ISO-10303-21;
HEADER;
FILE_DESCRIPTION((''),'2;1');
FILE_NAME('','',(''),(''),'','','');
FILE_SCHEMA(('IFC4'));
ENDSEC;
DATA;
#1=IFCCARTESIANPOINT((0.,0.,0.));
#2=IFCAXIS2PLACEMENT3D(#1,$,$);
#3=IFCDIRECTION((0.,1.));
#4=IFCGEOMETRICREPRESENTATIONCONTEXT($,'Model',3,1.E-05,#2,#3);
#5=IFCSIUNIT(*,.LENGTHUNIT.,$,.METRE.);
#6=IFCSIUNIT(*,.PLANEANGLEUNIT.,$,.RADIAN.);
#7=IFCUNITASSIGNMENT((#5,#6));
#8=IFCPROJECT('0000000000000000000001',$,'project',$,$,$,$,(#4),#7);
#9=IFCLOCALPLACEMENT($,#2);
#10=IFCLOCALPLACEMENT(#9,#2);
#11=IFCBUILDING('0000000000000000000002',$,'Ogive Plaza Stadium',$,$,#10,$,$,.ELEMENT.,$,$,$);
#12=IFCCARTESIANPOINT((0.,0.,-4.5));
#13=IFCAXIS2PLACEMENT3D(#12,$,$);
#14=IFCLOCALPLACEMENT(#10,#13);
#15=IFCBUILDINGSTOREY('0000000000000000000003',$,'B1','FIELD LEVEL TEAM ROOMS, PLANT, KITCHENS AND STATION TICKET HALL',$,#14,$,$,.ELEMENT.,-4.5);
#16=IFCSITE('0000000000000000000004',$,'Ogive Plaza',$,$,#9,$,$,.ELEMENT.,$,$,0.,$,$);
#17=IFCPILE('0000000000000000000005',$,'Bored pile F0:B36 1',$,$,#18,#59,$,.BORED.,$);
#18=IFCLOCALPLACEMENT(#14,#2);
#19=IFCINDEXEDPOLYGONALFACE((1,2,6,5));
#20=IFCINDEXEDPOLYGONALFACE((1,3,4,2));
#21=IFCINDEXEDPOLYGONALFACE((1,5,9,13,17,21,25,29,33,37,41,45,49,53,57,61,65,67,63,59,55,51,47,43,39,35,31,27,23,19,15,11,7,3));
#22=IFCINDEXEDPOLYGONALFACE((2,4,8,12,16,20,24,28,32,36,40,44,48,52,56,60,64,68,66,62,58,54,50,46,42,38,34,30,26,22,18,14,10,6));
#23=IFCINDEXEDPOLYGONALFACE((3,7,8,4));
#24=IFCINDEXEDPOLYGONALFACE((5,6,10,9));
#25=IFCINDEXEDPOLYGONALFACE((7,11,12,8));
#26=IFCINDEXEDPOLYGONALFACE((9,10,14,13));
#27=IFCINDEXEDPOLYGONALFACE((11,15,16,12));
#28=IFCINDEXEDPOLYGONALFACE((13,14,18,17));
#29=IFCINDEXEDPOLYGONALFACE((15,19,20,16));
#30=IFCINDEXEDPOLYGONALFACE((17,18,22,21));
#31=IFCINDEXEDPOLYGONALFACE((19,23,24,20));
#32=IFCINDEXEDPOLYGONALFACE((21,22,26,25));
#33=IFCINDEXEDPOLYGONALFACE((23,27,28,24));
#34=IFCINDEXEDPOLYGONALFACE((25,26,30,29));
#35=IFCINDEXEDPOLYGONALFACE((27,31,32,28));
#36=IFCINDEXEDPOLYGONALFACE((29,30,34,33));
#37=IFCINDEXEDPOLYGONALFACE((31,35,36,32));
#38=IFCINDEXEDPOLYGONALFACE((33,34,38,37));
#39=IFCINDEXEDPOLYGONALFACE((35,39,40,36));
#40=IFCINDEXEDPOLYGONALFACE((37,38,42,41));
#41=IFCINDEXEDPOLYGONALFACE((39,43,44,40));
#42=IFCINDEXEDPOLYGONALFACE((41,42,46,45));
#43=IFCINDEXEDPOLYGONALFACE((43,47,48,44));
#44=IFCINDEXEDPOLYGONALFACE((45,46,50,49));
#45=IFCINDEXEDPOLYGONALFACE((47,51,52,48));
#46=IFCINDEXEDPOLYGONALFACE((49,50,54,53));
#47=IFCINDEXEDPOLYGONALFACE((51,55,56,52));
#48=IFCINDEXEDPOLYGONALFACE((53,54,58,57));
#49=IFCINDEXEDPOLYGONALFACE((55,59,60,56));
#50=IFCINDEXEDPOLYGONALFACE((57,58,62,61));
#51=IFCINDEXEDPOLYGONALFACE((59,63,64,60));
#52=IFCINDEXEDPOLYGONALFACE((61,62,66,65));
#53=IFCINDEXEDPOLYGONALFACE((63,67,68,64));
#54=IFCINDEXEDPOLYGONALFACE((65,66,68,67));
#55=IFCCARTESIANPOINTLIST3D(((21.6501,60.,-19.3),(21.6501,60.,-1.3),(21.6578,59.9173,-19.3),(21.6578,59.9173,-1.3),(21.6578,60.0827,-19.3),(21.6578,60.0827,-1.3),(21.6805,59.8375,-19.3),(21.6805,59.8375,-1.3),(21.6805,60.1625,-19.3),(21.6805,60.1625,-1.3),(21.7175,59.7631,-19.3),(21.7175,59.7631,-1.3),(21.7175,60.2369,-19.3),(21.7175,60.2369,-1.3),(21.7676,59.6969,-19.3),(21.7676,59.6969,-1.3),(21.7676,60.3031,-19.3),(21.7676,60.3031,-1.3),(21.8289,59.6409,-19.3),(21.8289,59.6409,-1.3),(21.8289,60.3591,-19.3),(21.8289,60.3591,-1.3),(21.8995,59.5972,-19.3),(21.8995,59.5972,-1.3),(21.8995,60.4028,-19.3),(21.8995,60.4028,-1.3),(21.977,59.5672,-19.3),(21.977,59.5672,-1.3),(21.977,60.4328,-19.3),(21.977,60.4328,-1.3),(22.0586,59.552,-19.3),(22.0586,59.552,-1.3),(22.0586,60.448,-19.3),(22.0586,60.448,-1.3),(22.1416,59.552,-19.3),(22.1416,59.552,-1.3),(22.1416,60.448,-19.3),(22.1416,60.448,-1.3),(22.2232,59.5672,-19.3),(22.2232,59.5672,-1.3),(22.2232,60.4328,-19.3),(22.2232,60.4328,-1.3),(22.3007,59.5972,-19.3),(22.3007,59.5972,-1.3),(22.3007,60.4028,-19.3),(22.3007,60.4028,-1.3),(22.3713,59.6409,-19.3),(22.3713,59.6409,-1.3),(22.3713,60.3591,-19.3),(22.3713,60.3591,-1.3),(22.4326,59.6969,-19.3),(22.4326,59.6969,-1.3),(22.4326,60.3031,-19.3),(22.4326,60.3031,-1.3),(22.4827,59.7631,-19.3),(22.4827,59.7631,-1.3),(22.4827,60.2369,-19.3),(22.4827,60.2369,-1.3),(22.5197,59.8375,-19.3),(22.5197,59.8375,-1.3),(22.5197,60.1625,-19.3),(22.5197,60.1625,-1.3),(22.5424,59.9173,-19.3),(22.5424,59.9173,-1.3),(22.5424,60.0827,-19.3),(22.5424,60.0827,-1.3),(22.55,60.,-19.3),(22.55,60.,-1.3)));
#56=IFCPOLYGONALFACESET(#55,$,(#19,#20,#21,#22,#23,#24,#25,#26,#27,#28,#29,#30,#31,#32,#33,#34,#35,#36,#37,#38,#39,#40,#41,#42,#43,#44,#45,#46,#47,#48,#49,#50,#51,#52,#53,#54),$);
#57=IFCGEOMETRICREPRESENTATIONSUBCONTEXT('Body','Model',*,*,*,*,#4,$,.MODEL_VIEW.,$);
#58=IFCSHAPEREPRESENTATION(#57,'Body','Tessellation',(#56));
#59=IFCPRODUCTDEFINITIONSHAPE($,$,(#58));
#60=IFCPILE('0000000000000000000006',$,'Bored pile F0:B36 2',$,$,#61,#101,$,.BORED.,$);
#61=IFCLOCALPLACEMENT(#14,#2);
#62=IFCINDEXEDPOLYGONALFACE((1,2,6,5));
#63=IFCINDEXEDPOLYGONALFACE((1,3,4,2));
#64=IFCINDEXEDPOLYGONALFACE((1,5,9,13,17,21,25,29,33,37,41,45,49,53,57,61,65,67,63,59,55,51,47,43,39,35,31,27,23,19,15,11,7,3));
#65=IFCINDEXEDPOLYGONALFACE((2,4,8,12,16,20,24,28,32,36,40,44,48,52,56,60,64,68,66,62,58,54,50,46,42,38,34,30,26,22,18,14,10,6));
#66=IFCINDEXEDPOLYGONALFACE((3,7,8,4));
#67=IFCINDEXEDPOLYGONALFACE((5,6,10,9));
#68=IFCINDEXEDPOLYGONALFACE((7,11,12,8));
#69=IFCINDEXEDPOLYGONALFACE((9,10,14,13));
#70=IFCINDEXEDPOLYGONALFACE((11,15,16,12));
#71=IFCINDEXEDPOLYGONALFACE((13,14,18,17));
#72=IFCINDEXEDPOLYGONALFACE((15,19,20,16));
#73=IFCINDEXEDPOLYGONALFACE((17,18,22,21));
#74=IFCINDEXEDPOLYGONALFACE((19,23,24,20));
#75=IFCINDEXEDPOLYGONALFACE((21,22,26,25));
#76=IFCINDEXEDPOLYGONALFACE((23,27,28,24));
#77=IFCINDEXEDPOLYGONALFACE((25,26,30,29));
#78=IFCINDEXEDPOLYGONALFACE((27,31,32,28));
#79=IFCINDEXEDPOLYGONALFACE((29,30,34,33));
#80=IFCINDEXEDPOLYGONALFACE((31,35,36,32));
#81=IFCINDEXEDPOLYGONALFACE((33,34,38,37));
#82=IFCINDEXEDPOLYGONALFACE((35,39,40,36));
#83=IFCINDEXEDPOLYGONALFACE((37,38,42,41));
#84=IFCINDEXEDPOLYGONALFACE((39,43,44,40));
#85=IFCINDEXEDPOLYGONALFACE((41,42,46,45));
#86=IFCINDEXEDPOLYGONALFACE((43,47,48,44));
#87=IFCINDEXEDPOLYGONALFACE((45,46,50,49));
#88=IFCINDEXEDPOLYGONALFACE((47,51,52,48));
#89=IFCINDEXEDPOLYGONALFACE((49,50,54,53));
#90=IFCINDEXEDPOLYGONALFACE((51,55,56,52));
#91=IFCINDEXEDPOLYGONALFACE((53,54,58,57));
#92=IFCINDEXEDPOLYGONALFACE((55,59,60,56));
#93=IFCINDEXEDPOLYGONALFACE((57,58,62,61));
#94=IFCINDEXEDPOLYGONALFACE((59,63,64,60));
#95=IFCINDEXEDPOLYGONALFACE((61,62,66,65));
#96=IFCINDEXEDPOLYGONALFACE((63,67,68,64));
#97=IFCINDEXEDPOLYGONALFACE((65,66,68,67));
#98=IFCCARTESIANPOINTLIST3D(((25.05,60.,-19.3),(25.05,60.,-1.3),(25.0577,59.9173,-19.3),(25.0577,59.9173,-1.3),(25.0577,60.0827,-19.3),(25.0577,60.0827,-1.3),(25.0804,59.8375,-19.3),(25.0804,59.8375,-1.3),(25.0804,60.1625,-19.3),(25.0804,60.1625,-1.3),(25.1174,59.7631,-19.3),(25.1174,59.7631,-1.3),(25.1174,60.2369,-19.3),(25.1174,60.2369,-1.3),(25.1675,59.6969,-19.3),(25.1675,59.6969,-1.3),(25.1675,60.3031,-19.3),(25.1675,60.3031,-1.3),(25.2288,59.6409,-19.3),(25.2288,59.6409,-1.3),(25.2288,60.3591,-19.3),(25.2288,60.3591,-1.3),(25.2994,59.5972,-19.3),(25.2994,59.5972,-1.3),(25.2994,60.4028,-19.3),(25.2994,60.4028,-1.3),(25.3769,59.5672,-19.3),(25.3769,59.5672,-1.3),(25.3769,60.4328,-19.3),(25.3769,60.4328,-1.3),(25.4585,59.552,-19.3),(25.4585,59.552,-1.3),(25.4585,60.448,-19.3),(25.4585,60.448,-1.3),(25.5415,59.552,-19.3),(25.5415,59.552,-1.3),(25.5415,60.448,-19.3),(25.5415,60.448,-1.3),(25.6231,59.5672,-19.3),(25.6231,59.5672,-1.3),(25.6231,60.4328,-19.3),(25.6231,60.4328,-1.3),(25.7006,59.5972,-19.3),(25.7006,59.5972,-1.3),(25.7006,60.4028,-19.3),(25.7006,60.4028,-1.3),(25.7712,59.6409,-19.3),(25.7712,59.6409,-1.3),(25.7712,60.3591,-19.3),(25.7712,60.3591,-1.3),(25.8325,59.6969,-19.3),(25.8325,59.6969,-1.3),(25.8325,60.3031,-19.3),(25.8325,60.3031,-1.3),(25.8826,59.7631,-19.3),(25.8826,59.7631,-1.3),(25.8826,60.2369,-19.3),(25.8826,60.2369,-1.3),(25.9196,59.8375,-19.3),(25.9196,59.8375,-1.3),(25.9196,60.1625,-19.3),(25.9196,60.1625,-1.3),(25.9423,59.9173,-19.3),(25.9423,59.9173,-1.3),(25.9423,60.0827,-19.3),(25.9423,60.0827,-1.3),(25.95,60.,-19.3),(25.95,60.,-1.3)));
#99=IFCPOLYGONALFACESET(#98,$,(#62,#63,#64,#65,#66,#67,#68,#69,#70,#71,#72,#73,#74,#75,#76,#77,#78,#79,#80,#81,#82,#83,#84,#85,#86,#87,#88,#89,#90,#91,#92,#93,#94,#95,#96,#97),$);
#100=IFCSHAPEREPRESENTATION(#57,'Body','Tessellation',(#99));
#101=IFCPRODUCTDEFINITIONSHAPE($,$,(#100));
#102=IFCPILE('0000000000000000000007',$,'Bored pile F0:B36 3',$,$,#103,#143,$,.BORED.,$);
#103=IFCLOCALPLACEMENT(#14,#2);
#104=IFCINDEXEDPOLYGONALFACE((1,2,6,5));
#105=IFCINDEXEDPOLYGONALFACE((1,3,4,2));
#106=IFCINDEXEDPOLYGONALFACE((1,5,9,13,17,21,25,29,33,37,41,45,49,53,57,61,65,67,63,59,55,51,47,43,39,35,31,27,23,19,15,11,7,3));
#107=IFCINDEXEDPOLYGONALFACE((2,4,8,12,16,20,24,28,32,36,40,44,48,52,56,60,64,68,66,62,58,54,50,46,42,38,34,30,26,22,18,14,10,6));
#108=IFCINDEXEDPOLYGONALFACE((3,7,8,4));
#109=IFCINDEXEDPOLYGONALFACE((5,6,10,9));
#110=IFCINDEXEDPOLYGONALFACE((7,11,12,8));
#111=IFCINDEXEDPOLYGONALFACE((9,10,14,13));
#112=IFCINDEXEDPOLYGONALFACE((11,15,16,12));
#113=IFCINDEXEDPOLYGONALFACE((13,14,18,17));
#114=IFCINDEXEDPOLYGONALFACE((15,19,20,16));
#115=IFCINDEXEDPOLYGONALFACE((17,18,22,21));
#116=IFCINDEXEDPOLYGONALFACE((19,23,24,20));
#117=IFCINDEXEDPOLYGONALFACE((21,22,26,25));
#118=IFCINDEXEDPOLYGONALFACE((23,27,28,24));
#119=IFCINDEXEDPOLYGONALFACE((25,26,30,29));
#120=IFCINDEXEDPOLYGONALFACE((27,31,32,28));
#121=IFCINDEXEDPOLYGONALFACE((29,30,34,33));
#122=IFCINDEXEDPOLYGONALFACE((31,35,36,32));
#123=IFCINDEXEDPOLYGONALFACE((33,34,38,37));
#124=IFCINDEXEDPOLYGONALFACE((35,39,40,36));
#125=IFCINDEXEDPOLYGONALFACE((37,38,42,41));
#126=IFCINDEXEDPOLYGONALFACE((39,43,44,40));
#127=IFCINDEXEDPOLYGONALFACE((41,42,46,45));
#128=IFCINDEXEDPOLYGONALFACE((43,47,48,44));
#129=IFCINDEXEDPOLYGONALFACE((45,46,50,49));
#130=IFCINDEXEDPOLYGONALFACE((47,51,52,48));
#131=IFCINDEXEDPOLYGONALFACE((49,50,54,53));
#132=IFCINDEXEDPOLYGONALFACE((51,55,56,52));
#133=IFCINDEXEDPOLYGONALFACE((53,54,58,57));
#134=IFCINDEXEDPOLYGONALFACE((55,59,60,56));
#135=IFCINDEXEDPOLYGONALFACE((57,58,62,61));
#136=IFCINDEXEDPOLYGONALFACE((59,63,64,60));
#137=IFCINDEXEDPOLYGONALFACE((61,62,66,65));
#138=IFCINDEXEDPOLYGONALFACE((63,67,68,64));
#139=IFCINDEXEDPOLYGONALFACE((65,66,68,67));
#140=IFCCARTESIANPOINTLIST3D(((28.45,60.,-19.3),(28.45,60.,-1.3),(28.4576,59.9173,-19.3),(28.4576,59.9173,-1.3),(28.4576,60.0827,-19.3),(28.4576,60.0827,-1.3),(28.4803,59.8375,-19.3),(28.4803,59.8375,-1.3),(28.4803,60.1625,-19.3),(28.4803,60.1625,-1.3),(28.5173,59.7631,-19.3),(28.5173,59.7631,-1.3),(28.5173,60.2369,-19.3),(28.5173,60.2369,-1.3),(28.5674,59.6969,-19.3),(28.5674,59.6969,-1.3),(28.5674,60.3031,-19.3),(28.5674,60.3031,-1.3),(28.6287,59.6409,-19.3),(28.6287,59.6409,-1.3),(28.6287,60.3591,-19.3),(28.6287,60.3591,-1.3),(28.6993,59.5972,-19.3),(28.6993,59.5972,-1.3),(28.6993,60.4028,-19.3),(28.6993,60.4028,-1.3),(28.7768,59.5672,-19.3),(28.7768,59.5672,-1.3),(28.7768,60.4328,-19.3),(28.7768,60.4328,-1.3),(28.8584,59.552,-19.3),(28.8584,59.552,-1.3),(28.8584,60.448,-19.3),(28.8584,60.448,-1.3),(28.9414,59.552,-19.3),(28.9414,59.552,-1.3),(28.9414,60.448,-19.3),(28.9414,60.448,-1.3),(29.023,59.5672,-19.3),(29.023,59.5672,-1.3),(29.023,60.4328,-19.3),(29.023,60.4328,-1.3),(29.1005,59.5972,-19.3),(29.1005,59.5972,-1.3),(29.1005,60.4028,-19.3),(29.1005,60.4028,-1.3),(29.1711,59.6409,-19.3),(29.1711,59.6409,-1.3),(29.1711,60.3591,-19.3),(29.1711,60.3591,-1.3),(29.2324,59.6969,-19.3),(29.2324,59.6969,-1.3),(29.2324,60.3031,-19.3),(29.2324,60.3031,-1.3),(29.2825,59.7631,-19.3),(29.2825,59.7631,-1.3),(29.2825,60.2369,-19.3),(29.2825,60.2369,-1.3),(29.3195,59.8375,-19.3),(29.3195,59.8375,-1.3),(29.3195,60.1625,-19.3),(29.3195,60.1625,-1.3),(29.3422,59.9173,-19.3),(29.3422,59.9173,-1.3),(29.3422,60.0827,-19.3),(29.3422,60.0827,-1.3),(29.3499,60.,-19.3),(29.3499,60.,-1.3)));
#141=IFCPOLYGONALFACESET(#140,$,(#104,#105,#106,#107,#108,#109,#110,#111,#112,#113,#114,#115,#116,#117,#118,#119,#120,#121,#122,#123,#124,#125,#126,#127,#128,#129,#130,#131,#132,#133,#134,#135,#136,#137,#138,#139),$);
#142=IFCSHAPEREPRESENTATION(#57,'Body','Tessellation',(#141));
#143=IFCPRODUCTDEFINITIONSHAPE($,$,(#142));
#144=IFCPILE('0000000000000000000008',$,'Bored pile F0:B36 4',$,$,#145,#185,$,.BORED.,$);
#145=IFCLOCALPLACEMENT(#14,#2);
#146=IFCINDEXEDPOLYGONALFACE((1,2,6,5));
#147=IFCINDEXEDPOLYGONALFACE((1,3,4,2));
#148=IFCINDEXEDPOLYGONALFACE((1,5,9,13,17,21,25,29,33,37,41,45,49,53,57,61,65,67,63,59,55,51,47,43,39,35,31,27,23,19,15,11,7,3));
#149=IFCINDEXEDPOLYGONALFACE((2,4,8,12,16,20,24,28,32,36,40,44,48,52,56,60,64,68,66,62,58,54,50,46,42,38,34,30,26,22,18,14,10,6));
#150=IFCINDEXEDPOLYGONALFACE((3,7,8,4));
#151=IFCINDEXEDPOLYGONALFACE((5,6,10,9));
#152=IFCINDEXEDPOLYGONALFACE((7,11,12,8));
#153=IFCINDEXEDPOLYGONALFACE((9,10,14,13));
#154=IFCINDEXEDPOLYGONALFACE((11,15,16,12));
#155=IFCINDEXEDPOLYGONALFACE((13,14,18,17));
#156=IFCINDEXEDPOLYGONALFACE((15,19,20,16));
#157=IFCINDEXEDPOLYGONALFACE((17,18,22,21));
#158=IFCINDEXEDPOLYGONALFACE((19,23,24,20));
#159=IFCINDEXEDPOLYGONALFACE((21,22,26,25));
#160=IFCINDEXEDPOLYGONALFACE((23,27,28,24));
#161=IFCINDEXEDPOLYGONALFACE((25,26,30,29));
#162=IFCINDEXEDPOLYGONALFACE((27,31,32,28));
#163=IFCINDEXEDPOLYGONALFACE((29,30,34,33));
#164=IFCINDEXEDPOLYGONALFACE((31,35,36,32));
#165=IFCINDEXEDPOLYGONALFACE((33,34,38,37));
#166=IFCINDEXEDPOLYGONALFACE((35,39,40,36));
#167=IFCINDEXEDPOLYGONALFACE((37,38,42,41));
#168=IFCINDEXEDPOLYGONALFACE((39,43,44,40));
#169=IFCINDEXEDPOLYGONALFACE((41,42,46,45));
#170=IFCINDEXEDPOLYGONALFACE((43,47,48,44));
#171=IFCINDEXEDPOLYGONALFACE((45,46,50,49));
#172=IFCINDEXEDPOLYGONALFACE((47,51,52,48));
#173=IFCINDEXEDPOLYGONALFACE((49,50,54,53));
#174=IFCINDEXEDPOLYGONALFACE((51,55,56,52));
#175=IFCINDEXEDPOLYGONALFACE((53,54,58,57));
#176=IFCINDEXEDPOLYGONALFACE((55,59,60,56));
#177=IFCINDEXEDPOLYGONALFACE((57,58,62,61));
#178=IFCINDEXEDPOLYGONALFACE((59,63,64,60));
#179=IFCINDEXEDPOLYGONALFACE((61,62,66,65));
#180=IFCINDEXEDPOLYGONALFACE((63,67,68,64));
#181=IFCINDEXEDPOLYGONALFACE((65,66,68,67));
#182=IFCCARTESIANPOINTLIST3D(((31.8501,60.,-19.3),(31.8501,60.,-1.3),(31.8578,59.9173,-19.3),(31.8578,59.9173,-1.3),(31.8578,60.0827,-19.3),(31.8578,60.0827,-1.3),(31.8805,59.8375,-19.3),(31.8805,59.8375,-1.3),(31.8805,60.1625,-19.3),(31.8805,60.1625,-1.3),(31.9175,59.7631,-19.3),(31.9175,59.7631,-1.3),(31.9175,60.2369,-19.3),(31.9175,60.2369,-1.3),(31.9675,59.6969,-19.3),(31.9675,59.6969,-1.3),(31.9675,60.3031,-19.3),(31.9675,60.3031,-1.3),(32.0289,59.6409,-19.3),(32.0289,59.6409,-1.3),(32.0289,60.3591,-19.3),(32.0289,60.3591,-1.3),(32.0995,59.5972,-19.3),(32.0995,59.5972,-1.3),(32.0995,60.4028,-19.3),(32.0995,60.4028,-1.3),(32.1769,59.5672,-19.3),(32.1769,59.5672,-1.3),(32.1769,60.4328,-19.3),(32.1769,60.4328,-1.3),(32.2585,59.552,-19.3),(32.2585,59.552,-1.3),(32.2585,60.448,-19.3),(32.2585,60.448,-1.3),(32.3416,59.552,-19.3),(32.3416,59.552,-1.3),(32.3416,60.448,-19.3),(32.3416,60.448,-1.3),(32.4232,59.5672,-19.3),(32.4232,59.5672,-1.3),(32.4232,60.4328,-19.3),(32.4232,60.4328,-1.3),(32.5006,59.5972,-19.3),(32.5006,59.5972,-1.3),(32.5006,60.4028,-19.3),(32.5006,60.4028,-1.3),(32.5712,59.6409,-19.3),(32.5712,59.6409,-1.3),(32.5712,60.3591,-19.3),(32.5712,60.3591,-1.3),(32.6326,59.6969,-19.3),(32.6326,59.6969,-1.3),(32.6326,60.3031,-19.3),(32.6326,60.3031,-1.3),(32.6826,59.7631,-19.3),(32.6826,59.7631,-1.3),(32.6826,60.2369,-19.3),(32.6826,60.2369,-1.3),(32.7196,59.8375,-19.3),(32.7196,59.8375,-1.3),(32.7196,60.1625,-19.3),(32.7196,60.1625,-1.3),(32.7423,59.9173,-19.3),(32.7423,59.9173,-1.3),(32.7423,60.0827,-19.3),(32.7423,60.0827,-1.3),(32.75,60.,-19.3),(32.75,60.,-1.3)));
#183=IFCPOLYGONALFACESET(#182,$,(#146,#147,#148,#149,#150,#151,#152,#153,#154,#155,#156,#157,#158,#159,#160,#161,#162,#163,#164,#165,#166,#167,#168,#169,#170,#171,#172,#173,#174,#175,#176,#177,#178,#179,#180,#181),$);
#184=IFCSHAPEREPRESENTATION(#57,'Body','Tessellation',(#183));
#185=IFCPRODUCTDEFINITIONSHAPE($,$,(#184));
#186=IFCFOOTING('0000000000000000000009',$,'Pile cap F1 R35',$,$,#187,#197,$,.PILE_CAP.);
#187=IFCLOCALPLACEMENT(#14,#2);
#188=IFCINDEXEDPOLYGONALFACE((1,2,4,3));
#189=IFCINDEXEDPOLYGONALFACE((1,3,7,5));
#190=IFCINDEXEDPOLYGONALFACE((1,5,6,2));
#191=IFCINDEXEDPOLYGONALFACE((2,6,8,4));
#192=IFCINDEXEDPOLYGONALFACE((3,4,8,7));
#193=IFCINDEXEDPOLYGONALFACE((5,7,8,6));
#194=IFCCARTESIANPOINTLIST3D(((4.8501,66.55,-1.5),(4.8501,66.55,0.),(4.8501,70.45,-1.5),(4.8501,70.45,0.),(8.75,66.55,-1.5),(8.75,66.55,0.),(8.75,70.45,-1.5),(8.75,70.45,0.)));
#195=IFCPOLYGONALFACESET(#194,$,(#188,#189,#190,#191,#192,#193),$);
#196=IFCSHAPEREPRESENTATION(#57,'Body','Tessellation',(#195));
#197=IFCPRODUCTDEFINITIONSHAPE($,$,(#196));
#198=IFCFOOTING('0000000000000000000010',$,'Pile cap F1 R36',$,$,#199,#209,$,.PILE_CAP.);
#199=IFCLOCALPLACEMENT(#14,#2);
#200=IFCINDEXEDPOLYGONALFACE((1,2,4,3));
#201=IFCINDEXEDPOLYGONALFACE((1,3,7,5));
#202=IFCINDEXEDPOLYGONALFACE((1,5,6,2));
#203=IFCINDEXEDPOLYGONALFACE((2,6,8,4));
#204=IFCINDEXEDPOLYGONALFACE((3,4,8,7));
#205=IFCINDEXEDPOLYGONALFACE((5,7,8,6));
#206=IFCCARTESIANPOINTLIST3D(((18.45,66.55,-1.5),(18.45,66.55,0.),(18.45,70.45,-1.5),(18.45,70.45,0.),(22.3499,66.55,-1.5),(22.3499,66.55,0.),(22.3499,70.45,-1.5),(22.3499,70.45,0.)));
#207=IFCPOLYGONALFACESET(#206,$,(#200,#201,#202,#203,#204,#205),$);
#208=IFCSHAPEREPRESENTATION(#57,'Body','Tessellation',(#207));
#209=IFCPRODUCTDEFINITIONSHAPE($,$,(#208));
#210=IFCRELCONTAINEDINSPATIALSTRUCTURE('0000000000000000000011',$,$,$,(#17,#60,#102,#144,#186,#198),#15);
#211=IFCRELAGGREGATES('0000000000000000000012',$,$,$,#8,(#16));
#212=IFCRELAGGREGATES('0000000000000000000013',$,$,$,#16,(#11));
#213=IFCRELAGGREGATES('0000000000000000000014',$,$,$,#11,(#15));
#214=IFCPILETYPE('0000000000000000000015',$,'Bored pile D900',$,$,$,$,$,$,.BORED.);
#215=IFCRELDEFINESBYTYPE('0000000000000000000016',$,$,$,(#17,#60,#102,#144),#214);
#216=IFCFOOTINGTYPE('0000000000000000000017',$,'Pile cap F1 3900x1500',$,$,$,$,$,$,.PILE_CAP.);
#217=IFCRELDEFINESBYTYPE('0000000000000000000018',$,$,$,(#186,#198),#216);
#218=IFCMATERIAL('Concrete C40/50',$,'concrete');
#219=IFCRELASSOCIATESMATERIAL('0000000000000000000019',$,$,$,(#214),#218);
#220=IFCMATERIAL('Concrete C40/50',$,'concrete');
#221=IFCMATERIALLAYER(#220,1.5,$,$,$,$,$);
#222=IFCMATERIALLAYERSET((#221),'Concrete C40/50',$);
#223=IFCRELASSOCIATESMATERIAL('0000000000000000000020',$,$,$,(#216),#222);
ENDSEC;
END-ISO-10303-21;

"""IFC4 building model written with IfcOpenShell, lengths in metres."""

from ifc_helpers import new_model, si_unit, direction, frame, origin, origin_2d, place, context, subcontext, project, spatial, rectangle, circle, extrude, material, layer, layer_set, material_profile, profile_set, type_object, element, save


model = new_model("IFC4")

# Units and contexts
model_context = context("Model", 3, precision=1e-05, world=origin(), true_north=direction((0.0, 1.0)))
body_context = subcontext(model_context, "Body", "Model", "MODEL_VIEW")
ifc_project = project(units=[si_unit("LENGTHUNIT", "METRE"), si_unit("PLANEANGLEUNIT", "RADIAN")], contexts=[model_context])

# Site, building, storey
site_placement = place(None, origin())
site = spatial("IfcSite", under=ifc_project, at=site_placement, Name="Ogive Plaza", CompositionType="ELEMENT", RefElevation=0.0)
building_placement = place(site_placement, origin())
building = spatial("IfcBuilding", under=site, at=building_placement, Name="Ogive Plaza Stadium", CompositionType="ELEMENT")
storey_placement = place(building_placement, frame((0.0, 0.0, -4.5)))
storey = spatial("IfcBuildingStorey", under=building, at=storey_placement, Name="B1", Description="FIELD LEVEL TEAM ROOMS, PLANT, KITCHENS AND STATION TICKET HALL", CompositionType="ELEMENT", Elevation=-4.5)

# Piles
ifc_material_1 = material(Name="Concrete C40/50", Category="concrete")
ifc_material_profile_1 = material_profile(ifc_material_1, circle(Radius=0.45, at=origin_2d()), Name="RC D900")
ifc_profile_set_1 = profile_set([ifc_material_profile_1], Name="Concrete C40/50")
pile_type = type_object("IfcPileType", Name="Bored pile D900", PredefinedType="BORED", material=ifc_profile_set_1)
for number, where, z_axis, x_axis, name in (
    (1, (22.1001, 60.0, -1.3), (0.0, 0.0, -1.0), (1.0, 0.0, 0.0), "Bored pile F0:B36 1"),
    (2, (25.5, 60.0, -1.3), (0.0, 0.0, -1.0), (1.0, 0.0, 0.0), "Bored pile F0:B36 2"),
    (3, (28.8999, 60.0, -1.3), (0.0, 0.0, -1.0), (1.0, 0.0, 0.0), "Bored pile F0:B36 3"),
    (4, (32.3, 60.0, -1.3), (0.0, 0.0, -1.0), (1.0, 0.0, 0.0), "Bored pile F0:B36 4"),
):
    element("IfcPile", number, at=place(storey_placement, frame(where, z_axis=z_axis, x_axis=x_axis)), inside=storey, type_object=pile_type, Name=name, PredefinedType="BORED", context=body_context, shape_type="SweptSolid", body=[
        extrude(circle(Radius=0.45, at=origin_2d()), origin(), (0.0, 0.0, 1.0), 18.0),
    ])

# Footings
ifc_material_2 = material(Name="Concrete C40/50", Category="concrete")
ifc_layer_1 = layer(ifc_material_2, 1.5)
ifc_layer_set_1 = layer_set([ifc_layer_1], Name="Concrete C40/50")
footing_type = type_object("IfcFootingType", Name="Pile cap F1 3900x1500", PredefinedType="PILE_CAP", material=ifc_layer_set_1)
for number, where, z_axis, x_axis, name in (
    (5, (6.8, 68.5, -1.5), (0.0, 0.0, 1.0), (0.0, 1.0, 0.0), "Pile cap F1 R35"),
    (6, (20.3999, 68.5, -1.5), (0.0, 0.0, 1.0), (0.0, 1.0, 0.0), "Pile cap F1 R36"),
):
    element("IfcFooting", number, at=place(storey_placement, frame(where, z_axis=z_axis, x_axis=x_axis)), inside=storey, type_object=footing_type, Name=name, PredefinedType="PILE_CAP", context=body_context, shape_type="SweptSolid", body=[
        extrude(rectangle(XDim=3.8999, YDim=3.8999, at=origin_2d()), origin(), (0.0, 0.0, 1.0), 1.5),
    ])

save(model, "model.ifc")
